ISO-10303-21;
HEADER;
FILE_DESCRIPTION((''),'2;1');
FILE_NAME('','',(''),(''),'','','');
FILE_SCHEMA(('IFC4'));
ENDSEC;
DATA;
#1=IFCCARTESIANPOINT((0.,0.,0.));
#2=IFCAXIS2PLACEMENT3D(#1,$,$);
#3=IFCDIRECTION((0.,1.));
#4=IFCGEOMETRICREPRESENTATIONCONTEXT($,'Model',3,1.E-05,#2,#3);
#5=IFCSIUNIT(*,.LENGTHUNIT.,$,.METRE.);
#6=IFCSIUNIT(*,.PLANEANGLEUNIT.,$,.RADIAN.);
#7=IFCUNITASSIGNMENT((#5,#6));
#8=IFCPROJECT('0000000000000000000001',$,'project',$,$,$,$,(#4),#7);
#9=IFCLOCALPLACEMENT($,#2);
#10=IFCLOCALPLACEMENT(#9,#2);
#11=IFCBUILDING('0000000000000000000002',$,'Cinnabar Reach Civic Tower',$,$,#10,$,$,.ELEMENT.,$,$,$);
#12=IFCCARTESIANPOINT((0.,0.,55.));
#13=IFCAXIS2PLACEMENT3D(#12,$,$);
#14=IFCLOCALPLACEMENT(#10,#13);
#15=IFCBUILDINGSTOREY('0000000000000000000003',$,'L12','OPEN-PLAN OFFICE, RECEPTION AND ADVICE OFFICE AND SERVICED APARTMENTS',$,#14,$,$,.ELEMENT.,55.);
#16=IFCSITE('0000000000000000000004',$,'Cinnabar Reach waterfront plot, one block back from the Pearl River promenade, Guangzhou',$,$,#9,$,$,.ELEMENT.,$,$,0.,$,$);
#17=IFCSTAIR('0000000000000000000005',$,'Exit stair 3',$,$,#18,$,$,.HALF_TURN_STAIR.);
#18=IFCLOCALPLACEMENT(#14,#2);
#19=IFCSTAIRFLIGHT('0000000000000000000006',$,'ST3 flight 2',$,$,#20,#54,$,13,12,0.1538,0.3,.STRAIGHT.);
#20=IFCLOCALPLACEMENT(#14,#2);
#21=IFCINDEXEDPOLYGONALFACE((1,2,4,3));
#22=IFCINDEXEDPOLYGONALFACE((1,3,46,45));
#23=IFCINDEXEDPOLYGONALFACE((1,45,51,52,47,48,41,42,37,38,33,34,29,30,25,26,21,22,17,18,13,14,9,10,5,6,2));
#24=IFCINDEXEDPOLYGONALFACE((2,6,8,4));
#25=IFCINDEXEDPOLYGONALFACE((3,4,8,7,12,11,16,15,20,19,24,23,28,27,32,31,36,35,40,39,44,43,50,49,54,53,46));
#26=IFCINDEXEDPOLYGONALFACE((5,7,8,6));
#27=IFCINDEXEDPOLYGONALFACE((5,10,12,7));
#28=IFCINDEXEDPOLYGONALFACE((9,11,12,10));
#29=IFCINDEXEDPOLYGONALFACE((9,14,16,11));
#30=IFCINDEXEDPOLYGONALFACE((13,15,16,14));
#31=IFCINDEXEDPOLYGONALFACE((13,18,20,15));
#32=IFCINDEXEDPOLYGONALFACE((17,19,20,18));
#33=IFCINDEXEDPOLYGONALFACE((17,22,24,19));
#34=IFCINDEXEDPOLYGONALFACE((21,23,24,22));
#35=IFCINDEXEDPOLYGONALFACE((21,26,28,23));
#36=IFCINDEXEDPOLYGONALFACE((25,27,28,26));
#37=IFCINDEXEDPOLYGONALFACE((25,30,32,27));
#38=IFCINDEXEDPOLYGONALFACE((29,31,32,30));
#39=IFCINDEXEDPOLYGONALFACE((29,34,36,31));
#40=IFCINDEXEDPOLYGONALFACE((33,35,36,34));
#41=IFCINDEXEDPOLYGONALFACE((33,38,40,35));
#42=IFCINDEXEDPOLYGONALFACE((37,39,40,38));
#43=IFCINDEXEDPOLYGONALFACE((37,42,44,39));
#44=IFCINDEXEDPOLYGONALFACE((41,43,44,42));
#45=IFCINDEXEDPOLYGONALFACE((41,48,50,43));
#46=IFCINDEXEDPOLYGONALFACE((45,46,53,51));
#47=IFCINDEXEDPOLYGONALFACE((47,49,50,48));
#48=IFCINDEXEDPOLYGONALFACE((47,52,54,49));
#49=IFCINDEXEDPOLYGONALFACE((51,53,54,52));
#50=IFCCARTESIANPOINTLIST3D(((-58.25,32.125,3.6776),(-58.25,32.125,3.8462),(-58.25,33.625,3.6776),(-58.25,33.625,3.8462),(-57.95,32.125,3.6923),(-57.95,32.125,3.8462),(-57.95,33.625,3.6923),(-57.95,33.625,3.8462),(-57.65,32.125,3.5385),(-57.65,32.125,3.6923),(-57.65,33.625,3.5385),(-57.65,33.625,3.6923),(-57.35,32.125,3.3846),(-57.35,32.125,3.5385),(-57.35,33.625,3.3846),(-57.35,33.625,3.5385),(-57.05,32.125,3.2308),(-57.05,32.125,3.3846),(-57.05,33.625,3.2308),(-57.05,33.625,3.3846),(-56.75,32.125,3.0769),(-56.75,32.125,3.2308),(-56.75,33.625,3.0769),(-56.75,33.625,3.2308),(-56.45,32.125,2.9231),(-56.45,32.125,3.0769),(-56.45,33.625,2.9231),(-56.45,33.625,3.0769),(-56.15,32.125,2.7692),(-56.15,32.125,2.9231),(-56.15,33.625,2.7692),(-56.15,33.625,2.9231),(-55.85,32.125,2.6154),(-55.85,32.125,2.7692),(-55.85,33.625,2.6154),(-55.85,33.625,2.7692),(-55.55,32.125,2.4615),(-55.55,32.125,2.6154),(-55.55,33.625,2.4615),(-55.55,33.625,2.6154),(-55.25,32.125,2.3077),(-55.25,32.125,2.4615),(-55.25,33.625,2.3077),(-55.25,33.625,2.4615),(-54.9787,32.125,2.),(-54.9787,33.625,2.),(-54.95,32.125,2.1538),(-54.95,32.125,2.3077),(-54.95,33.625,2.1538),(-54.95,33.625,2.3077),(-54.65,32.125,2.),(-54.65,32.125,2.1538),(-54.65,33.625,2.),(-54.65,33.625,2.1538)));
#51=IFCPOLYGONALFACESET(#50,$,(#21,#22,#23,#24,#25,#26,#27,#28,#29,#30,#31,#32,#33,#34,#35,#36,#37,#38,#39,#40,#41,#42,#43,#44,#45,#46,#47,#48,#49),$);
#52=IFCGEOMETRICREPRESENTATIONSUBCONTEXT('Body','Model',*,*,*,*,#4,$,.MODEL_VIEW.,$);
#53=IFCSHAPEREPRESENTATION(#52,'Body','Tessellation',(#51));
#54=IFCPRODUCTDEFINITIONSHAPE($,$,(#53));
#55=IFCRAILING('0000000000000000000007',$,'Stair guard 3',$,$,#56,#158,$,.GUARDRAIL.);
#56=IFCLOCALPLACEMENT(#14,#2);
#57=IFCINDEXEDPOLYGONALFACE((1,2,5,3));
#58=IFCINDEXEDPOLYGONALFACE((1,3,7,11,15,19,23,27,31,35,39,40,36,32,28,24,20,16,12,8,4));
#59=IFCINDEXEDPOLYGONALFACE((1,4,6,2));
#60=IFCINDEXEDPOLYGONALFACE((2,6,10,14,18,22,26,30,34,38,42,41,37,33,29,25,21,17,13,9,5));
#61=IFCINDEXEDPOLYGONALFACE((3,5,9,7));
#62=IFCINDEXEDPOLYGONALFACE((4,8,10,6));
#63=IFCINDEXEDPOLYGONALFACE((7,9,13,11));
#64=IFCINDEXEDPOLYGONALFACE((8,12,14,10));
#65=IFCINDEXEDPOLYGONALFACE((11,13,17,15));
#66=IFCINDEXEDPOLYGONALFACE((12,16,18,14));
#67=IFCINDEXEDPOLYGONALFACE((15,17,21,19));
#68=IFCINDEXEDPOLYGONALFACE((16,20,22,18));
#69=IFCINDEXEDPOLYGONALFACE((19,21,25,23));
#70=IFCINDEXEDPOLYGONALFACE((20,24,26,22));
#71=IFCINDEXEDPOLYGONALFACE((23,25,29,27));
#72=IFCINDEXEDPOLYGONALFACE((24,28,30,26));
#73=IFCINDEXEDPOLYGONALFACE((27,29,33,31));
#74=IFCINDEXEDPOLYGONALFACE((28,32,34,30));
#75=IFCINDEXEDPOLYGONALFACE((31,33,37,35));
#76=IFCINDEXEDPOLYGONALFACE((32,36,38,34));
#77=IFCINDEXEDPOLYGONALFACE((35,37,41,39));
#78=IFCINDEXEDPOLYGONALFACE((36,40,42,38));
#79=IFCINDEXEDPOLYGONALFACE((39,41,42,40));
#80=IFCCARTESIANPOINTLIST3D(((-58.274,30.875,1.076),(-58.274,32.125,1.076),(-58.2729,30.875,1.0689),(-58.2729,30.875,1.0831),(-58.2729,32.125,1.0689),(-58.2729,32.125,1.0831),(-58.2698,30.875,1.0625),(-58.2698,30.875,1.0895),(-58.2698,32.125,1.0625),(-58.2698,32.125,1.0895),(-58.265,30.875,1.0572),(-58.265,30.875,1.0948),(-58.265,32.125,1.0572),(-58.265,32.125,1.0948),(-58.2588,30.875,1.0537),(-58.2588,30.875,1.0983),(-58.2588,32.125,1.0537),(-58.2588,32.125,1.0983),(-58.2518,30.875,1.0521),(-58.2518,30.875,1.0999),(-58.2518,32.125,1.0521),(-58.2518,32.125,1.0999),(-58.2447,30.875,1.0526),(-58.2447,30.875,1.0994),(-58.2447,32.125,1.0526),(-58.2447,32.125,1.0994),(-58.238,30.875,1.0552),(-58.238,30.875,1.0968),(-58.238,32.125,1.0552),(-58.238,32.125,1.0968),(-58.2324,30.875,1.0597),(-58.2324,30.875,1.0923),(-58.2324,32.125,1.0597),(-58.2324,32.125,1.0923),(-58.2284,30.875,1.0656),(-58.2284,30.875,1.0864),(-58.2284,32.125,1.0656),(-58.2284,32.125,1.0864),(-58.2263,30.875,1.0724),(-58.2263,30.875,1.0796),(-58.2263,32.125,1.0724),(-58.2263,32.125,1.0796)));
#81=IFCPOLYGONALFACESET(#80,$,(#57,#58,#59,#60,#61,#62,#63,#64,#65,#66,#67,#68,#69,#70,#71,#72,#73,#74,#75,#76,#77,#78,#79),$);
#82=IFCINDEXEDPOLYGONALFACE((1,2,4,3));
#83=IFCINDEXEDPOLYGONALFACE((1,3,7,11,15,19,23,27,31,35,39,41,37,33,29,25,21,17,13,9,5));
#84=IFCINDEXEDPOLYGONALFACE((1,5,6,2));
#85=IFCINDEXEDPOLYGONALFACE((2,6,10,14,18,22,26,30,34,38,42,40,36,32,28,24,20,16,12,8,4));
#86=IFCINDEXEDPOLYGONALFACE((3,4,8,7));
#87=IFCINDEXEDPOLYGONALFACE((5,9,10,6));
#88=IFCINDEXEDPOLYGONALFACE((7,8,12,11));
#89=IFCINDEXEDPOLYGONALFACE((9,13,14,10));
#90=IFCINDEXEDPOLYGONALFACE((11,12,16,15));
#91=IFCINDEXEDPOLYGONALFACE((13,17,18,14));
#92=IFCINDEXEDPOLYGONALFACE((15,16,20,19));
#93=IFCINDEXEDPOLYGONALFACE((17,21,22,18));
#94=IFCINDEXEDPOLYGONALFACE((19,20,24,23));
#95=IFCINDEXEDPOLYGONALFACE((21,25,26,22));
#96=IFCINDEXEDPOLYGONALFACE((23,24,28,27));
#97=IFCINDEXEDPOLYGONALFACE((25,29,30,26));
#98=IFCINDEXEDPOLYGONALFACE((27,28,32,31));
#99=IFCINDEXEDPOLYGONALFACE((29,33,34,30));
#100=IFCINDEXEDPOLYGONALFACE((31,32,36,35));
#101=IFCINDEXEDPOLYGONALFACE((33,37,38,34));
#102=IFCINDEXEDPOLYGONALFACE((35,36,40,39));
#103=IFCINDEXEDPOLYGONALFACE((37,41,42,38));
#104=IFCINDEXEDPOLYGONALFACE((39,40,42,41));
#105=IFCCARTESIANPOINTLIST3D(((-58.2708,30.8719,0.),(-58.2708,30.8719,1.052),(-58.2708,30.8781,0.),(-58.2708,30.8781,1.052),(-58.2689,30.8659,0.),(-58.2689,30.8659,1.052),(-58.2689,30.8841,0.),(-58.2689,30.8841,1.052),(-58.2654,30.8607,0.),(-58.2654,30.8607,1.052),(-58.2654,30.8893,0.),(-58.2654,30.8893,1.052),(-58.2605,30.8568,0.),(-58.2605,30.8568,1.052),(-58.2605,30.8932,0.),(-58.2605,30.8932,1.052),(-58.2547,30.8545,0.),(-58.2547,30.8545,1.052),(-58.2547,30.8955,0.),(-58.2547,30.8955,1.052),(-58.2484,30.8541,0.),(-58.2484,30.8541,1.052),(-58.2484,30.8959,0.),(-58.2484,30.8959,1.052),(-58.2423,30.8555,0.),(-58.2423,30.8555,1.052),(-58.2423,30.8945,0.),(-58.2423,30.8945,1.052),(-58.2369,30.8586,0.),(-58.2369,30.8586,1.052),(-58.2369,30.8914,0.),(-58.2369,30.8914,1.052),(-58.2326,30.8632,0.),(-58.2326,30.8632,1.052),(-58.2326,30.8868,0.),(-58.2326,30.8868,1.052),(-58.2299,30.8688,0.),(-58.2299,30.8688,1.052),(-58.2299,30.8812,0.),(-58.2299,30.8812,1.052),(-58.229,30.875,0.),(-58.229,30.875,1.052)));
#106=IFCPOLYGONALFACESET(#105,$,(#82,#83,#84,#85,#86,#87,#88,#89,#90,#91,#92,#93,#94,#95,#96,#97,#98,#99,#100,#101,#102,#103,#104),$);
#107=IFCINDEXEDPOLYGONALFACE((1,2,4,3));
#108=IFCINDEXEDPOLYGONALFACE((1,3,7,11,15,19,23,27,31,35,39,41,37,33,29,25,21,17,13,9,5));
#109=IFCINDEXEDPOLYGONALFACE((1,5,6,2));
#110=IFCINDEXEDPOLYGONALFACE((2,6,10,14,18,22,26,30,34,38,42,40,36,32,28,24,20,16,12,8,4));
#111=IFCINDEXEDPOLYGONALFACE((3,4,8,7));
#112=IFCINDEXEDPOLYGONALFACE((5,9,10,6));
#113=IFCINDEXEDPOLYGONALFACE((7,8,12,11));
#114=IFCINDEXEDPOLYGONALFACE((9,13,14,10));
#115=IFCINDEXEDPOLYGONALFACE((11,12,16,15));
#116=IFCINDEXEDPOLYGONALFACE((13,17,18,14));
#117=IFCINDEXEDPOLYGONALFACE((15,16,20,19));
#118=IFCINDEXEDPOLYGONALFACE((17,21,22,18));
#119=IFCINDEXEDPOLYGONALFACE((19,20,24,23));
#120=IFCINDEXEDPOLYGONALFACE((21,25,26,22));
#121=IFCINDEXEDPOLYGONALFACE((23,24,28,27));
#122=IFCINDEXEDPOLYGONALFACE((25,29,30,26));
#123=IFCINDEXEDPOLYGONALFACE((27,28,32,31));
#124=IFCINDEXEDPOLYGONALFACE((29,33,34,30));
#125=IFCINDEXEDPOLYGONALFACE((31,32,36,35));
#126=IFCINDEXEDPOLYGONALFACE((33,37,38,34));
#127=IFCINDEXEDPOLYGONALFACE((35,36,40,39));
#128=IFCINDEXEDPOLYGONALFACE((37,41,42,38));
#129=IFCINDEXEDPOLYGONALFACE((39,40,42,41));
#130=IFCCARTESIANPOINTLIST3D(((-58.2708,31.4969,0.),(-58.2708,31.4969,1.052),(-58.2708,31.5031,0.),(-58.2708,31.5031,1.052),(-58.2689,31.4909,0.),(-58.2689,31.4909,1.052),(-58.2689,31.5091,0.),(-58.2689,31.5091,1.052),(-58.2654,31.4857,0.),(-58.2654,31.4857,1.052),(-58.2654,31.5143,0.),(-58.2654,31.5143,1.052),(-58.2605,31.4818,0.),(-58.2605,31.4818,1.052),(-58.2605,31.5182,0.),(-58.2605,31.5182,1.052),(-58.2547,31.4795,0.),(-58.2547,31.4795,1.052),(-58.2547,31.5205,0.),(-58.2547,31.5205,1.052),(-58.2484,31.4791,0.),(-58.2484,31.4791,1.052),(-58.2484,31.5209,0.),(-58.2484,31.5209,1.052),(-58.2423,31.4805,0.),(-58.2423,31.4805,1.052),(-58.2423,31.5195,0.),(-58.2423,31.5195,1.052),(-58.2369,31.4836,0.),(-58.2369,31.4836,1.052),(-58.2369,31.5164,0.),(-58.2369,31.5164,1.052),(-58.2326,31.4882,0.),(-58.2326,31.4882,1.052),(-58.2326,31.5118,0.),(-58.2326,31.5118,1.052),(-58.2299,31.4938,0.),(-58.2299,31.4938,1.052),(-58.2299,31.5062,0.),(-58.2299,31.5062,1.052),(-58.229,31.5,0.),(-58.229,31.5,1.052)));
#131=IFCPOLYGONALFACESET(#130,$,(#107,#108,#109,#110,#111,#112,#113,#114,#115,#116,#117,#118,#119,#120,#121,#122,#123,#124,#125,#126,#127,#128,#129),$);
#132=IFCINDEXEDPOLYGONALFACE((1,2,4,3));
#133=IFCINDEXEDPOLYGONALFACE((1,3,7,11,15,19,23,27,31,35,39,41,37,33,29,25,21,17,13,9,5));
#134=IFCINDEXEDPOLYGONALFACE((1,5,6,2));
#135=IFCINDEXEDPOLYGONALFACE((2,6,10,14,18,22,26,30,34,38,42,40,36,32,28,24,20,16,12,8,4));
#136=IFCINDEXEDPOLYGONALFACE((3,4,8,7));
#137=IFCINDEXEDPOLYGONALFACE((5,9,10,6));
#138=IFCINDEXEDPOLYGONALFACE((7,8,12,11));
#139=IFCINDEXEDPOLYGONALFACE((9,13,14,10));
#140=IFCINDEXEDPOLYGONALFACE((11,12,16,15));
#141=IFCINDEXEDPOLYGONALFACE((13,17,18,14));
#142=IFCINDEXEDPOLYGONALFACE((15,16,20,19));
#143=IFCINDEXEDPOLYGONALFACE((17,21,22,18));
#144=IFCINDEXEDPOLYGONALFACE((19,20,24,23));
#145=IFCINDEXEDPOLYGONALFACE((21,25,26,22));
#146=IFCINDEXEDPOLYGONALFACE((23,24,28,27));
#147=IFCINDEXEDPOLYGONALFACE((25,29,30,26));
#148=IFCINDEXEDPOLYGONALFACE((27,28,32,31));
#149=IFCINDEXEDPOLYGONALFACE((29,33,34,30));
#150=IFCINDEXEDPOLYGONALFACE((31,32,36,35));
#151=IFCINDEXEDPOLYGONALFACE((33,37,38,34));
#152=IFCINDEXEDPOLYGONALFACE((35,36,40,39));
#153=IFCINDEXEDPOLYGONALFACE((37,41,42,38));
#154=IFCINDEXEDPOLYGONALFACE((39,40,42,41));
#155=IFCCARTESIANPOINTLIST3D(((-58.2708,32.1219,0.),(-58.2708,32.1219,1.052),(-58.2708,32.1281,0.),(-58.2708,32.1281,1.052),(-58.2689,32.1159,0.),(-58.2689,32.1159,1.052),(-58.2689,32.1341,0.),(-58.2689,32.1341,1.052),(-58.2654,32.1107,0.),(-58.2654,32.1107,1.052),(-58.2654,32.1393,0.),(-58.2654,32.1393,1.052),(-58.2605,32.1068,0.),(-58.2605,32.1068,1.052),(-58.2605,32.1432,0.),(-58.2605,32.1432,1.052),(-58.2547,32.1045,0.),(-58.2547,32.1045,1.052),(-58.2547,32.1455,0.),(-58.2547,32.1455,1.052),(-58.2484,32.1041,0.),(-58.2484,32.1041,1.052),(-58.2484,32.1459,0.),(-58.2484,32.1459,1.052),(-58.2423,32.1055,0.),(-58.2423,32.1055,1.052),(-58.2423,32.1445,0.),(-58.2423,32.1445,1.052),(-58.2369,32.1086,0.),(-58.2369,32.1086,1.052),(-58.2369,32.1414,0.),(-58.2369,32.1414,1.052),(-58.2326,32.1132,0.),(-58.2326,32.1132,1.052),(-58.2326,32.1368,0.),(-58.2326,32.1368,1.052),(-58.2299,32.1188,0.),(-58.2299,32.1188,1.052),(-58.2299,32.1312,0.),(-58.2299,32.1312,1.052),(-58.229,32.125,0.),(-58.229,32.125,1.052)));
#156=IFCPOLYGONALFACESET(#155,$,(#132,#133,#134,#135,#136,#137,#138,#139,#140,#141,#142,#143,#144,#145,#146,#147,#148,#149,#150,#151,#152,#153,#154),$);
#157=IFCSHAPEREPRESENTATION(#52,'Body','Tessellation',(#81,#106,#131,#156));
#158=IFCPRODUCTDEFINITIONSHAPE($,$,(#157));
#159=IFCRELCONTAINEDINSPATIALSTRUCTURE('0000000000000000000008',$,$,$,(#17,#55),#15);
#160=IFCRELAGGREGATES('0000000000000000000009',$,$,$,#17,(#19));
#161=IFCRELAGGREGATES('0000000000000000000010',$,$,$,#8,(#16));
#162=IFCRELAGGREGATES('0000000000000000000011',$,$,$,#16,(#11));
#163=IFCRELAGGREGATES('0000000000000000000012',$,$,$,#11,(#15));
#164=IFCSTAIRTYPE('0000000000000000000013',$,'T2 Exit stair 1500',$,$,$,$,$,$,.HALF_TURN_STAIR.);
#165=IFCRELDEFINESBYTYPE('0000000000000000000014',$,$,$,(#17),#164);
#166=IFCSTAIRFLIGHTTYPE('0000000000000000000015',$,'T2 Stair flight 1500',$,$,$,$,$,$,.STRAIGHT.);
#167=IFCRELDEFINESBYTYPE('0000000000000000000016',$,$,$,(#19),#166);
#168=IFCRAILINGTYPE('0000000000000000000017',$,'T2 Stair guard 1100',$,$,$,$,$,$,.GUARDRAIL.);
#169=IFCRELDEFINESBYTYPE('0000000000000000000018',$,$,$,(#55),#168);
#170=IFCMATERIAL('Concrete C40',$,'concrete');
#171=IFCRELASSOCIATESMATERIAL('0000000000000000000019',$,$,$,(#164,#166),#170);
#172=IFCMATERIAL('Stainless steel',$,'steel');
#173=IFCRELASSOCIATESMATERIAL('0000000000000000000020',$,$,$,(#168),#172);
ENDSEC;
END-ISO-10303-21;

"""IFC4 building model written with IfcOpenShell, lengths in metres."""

from ifc_helpers import new_model, si_unit, direction, frame, origin, origin_2d, place, context, subcontext, project, spatial, polyline, circle, outline, extrude, material, type_object, element, aggregate, save


model = new_model("IFC4")

# Units and contexts
model_context = context("Model", 3, precision=1e-05, world=origin(), true_north=direction((0.0, 1.0)))
body_context = subcontext(model_context, "Body", "Model", "MODEL_VIEW")
ifc_project = project(units=[si_unit("LENGTHUNIT", "METRE"), si_unit("PLANEANGLEUNIT", "RADIAN")], contexts=[model_context])

# Site, building, storey
site_placement = place(None, origin())
site = spatial("IfcSite", under=ifc_project, at=site_placement, Name="Cinnabar Reach waterfront plot, one block back from the Pearl River promenade, Guangzhou", CompositionType="ELEMENT", RefElevation=0.0)
building_placement = place(site_placement, origin())
building = spatial("IfcBuilding", under=site, at=building_placement, Name="Cinnabar Reach Civic Tower", CompositionType="ELEMENT")
storey_placement = place(building_placement, frame((0.0, 0.0, 55.0)))
storey = spatial("IfcBuildingStorey", under=building, at=storey_placement, Name="L12", Description="OPEN-PLAN OFFICE, RECEPTION AND ADVICE OFFICE AND SERVICED APARTMENTS", CompositionType="ELEMENT", Elevation=55.0)

# Stair, stair flight
ifc_material_1 = material(Name="Concrete C40", Category="concrete")
stair_type = type_object("IfcStairType", Name="T2 Exit stair 1500", PredefinedType="HALF_TURN_STAIR", material=ifc_material_1)
stair_placement = place(storey_placement, origin())
stair = element("IfcStair", 1, at=stair_placement, inside=storey, type_object=stair_type, Name="Exit stair 3", PredefinedType="HALF_TURN_STAIR")
stair_flight_type = type_object("IfcStairFlightType", Name="T2 Stair flight 1500", PredefinedType="STRAIGHT", material=ifc_material_1)
stair_flight_1_placement = place(storey_placement, frame((-54.65, 32.875, 2.0), z_axis=(0.0, 0.0, 1.0), x_axis=(-1.0, 0.0, 0.0)))
stair_flight_1 = element("IfcStairFlight", 2, at=stair_flight_1_placement, type_object=stair_flight_type, Name="ST3 flight 2", NumberOfRisers=13, NumberOfTreads=12, PredefinedType="STRAIGHT", RiserHeight=0.1538, TreadLength=0.3, context=body_context, shape_type="SweptSolid", body=[
    extrude(outline(polyline([(0.0, 0.0), (0.0, 0.1538), (0.3, 0.1538), (0.3, 0.3077), (0.6, 0.3077), (0.6, 0.4615), (0.9, 0.4615), (0.9, 0.6154), (1.2, 0.6154), (1.2, 0.7692), (1.5, 0.7692), (1.5, 0.9231), (1.8, 0.9231), (1.8, 1.0769), (2.1, 1.0769), (2.1, 1.2308), (2.4, 1.2308), (2.4, 1.3846), (2.7, 1.3846), (2.7, 1.5385), (3.0, 1.5385), (3.0, 1.6923), (3.3, 1.6923), (3.3, 1.8462), (3.6, 1.8462), (3.6, 2.0), (3.6, 1.6776), (0.3287, 0.0), (0.0, 0.0)])), frame((0.0, 0.75, 0.0), z_axis=(0.0, -1.0, 0.0), x_axis=(1.0, 0.0, 0.0)), (0.0, 0.0, 1.0), 1.5),
])
aggregate(stair, [stair_flight_1])

# Railing
ifc_material_2 = material(Name="Stainless steel", Category="steel")
railing_type = type_object("IfcRailingType", Name="T2 Stair guard 1100", PredefinedType="GUARDRAIL", material=ifc_material_2)
railing_1_placement = place(storey_placement, frame((-58.25, 30.875, 0.0)))
element("IfcRailing", 3, at=railing_1_placement, inside=storey, type_object=railing_type, Name="Stair guard 3", PredefinedType="GUARDRAIL", context=body_context, shape_type="SweptSolid", body=[
    extrude(circle(Radius=0.024, at=origin_2d()), frame((0.0, 0.0, 1.076), z_axis=(0.0, 1.0, 0.0), x_axis=(-1.0, 0.0, 0.0)), (0.0, 0.0, 1.0), 1.25),
    extrude(circle(Radius=0.021, at=origin_2d()), origin(), (0.0, 0.0, 1.0), 1.052),
    extrude(circle(Radius=0.021, at=origin_2d()), frame((0.0, 0.625, 0.0)), (0.0, 0.0, 1.0), 1.052),
    extrude(circle(Radius=0.021, at=origin_2d()), frame((0.0, 1.25, 0.0)), (0.0, 0.0, 1.0), 1.052),
])

save(model, "model.ifc")
